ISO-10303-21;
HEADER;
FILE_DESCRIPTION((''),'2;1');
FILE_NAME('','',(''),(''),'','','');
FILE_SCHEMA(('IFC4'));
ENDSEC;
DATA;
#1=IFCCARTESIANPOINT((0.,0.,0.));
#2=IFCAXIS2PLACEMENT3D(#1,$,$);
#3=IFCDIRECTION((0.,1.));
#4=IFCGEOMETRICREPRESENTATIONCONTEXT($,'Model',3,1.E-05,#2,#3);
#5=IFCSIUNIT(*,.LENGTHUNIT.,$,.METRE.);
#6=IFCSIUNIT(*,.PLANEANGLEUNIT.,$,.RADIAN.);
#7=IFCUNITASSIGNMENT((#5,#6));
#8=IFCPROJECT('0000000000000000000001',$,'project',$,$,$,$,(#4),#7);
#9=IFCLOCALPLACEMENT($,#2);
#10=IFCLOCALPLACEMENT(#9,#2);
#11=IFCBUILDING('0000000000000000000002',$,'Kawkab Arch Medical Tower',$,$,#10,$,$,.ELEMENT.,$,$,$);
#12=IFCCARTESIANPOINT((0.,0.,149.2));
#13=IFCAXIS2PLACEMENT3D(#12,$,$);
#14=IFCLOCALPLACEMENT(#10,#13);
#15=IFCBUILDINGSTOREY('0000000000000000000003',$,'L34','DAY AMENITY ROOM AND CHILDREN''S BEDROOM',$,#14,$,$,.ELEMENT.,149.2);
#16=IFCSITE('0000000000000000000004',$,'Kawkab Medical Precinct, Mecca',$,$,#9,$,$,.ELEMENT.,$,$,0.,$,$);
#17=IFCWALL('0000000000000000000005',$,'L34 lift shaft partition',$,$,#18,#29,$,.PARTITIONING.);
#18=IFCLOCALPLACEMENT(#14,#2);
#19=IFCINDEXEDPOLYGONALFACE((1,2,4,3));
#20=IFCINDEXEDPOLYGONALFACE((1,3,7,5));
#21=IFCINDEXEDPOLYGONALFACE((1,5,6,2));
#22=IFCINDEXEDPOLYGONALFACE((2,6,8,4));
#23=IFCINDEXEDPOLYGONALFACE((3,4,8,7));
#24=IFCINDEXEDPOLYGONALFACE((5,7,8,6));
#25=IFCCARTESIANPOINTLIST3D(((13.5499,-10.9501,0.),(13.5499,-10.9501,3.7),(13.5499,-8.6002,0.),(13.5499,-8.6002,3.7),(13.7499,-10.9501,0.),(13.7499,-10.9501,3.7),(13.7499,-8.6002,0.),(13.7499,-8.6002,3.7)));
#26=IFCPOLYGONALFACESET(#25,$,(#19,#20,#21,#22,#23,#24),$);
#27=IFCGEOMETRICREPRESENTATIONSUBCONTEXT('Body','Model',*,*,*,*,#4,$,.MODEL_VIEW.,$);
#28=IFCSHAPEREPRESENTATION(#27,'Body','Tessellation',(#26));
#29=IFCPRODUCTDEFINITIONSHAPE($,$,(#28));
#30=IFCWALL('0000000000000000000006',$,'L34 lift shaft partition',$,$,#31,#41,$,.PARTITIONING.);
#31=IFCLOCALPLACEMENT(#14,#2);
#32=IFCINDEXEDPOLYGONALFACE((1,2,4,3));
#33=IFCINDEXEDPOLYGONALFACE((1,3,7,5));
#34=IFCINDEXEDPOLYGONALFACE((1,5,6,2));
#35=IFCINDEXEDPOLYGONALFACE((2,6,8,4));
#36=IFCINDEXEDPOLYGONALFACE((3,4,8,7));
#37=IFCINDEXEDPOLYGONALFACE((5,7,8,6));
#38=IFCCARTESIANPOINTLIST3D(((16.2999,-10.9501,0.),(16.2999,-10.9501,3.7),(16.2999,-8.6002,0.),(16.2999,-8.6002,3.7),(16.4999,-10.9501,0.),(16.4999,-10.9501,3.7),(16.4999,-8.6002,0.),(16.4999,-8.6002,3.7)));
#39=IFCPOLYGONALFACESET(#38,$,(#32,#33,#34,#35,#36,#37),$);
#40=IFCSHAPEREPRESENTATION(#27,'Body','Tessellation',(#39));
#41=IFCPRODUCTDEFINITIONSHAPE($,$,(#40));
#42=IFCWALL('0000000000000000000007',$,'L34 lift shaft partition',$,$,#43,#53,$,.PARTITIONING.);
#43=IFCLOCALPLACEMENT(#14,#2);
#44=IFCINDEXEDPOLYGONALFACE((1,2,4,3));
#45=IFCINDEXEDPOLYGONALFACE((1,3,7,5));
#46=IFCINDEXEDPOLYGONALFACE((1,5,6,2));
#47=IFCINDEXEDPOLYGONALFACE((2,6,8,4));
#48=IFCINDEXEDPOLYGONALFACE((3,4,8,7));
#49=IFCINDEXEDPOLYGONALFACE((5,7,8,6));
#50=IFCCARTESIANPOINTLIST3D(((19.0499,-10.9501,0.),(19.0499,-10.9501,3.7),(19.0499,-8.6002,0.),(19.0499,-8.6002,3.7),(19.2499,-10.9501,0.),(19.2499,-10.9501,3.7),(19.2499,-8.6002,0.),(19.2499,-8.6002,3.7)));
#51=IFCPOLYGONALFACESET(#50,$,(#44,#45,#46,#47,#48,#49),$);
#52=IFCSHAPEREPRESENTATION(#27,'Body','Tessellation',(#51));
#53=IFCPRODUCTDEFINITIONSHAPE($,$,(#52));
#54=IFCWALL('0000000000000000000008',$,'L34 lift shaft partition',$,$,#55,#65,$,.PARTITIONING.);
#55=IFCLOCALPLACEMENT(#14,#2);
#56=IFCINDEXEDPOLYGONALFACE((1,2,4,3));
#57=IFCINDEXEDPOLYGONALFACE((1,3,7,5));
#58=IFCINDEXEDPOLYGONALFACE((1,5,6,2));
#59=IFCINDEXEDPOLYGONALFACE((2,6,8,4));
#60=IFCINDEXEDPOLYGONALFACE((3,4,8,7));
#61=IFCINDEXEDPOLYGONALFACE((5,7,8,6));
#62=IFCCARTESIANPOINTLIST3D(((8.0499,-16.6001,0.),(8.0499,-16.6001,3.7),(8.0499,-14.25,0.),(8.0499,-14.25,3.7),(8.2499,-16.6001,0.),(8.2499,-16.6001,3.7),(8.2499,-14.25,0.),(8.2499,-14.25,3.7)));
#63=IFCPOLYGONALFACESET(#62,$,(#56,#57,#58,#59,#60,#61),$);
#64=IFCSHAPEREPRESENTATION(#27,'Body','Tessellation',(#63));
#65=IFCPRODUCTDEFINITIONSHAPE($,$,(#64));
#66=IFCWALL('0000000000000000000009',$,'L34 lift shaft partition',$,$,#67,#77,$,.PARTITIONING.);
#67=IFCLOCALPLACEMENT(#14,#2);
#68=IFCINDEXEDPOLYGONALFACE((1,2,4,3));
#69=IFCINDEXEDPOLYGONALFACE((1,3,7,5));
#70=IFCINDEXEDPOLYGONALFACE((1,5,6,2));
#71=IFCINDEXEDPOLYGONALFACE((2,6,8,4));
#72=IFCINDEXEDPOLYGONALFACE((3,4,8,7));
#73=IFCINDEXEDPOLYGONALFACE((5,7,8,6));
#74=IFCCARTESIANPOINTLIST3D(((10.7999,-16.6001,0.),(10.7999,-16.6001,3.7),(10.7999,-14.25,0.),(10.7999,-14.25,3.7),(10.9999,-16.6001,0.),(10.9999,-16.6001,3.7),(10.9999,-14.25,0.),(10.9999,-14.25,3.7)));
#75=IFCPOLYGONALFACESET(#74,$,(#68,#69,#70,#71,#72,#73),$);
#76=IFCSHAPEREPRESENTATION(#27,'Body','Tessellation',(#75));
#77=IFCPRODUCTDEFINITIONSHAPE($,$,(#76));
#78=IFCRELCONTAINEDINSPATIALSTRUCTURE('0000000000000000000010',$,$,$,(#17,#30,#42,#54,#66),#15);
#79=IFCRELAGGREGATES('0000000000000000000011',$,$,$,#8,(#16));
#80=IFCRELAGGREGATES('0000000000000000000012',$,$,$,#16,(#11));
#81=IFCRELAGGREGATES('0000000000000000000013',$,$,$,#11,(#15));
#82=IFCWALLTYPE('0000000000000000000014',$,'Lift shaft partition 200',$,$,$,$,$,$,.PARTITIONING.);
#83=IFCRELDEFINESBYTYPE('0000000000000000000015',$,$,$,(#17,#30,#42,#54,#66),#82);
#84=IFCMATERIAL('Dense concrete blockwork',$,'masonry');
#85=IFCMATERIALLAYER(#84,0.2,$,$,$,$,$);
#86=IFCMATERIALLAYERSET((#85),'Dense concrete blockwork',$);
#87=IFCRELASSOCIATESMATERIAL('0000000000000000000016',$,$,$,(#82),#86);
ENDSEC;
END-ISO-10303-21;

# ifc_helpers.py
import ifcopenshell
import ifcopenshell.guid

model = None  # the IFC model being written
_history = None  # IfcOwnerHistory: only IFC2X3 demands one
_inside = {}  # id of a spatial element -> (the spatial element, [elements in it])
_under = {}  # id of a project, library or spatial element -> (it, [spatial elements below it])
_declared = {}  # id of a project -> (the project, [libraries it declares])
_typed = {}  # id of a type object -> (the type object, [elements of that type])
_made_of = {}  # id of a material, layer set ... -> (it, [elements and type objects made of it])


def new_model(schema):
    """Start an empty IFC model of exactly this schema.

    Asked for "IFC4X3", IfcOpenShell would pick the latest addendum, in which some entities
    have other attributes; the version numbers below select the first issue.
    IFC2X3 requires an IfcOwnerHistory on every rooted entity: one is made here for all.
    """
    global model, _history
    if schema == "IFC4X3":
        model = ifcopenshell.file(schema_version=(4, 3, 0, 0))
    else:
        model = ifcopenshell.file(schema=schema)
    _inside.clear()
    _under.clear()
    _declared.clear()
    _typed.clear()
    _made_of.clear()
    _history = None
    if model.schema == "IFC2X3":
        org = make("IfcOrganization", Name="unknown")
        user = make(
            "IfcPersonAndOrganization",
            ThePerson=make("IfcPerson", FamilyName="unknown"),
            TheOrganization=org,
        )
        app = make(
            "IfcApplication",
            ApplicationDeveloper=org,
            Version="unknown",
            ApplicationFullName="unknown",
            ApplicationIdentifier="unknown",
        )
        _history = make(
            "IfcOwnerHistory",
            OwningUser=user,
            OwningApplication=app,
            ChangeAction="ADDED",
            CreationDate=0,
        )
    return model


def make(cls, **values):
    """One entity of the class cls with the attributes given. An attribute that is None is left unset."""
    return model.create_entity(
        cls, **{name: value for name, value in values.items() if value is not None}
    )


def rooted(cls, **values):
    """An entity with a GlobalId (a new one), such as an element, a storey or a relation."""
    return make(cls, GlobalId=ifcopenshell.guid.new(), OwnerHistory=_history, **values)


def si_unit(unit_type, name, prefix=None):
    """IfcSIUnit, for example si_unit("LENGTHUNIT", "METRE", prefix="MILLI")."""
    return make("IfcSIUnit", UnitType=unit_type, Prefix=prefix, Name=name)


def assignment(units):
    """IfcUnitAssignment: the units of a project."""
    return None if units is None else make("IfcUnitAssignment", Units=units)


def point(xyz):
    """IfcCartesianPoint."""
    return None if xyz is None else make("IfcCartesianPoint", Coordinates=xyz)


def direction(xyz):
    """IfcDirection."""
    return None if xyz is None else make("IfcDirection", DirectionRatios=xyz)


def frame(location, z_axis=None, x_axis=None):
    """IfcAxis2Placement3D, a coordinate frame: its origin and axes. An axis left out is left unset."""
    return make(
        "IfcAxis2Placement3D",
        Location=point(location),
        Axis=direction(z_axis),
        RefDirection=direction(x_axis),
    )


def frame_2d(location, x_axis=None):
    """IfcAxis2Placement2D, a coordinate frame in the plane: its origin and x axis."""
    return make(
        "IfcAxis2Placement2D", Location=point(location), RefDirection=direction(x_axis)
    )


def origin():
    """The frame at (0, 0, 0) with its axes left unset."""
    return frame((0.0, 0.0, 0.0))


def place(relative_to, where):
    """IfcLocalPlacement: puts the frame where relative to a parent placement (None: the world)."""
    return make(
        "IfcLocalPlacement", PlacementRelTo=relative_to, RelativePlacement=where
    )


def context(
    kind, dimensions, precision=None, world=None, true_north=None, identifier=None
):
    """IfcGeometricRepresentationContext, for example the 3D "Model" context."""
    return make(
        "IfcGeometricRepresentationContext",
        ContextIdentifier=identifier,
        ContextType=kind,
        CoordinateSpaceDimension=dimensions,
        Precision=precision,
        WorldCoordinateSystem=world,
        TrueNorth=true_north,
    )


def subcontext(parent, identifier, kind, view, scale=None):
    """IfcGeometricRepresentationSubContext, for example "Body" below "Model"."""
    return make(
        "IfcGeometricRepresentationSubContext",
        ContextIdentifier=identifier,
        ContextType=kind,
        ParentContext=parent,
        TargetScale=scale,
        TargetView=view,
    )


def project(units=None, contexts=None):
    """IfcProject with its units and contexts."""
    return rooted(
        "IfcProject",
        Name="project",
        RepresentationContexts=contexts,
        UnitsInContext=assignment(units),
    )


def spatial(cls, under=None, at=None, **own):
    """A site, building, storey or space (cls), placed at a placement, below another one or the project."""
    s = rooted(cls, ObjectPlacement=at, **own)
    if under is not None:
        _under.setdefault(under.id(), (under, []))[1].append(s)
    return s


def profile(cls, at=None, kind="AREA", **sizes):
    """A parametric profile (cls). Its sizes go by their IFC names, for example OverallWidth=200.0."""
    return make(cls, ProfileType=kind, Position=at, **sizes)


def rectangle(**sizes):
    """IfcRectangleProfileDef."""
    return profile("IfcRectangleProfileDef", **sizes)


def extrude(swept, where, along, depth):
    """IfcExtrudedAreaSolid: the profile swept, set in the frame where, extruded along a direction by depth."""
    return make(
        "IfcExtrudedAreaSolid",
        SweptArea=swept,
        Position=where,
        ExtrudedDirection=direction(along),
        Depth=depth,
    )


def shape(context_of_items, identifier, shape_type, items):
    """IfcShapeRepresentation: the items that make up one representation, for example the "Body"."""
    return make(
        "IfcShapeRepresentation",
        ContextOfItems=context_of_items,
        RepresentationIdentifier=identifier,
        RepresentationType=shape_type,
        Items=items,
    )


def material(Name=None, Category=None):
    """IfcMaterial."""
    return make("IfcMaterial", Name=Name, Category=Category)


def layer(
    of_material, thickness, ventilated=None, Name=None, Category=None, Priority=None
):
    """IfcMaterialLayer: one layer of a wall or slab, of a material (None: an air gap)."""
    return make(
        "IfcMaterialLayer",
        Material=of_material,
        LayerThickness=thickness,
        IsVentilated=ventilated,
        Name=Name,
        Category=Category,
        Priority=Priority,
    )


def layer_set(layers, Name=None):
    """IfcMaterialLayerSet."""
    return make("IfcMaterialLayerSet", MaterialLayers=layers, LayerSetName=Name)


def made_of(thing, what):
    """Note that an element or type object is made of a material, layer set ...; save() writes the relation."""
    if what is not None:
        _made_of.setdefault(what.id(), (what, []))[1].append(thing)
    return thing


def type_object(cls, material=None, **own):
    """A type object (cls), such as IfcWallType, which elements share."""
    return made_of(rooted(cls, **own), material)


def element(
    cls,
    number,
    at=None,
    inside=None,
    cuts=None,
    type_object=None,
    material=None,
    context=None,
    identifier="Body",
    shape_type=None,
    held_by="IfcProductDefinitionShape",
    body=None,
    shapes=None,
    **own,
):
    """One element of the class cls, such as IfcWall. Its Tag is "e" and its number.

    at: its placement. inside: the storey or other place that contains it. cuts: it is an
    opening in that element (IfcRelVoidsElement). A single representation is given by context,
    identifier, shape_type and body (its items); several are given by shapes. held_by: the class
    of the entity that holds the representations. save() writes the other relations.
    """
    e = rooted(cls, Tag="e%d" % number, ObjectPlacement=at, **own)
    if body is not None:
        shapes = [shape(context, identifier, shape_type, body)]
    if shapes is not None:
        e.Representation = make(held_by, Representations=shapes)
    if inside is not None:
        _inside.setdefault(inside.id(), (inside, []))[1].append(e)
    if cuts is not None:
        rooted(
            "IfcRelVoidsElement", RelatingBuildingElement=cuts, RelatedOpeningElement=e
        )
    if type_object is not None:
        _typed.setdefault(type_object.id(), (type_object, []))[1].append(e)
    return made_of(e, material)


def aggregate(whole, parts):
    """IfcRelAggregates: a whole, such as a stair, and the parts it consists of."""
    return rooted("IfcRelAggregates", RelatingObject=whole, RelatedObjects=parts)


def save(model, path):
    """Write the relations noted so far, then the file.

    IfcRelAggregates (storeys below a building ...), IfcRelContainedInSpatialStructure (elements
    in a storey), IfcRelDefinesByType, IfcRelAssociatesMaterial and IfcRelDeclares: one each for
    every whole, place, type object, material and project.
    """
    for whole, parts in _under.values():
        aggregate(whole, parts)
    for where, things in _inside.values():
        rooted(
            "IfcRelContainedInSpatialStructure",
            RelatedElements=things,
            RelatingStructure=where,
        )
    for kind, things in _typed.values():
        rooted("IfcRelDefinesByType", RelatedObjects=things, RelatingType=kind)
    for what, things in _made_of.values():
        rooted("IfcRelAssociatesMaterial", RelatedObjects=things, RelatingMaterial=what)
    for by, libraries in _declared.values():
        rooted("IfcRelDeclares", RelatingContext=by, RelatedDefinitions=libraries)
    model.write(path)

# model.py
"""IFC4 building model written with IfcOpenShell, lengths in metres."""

from ifc_helpers import new_model, si_unit, direction, frame, frame_2d, origin, place, context, subcontext, project, spatial, rectangle, extrude, material, layer, layer_set, type_object, element, save


model = new_model("IFC4")

# Units and contexts
model_context = context("Model", 3, precision=1e-05, world=origin(), true_north=direction((0.0, 1.0)))
body_context = subcontext(model_context, "Body", "Model", "MODEL_VIEW")
ifc_project = project(units=[si_unit("LENGTHUNIT", "METRE"), si_unit("PLANEANGLEUNIT", "RADIAN")], contexts=[model_context])

# Site, building, storey
site_placement = place(None, origin())
site = spatial("IfcSite", under=ifc_project, at=site_placement, Name="Kawkab Medical Precinct, Mecca", CompositionType="ELEMENT", RefElevation=0.0)
building_placement = place(site_placement, origin())
building = spatial("IfcBuilding", under=site, at=building_placement, Name="Kawkab Arch Medical Tower", CompositionType="ELEMENT")
storey_placement = place(building_placement, frame((0.0, 0.0, 149.2)))
storey = spatial("IfcBuildingStorey", under=building, at=storey_placement, Name="L34", Description="DAY AMENITY ROOM AND CHILDREN'S BEDROOM", CompositionType="ELEMENT", Elevation=149.2)

# Walls
ifc_material_1 = material(Name="Dense concrete blockwork", Category="masonry")
ifc_layer_1 = layer(ifc_material_1, 0.2)
ifc_layer_set_1 = layer_set([ifc_layer_1], Name="Dense concrete blockwork")
wall_type_1 = type_object("IfcWallType", Name="Lift shaft partition 200", PredefinedType="PARTITIONING", material=ifc_layer_set_1)
for number, where, z_axis, x_axis, name in (
    (1, (13.6499, -10.95, 0.0), (0.0, 0.0, 1.0), (0.0, 1.0, 0.0), "L34 lift shaft partition"),
    (2, (16.3999, -10.95, 0.0), (0.0, 0.0, 1.0), (0.0, 1.0, 0.0), "L34 lift shaft partition"),
    (3, (19.1499, -10.95, 0.0), (0.0, 0.0, 1.0), (0.0, 1.0, 0.0), "L34 lift shaft partition"),
):
    element("IfcWall", number, at=place(storey_placement, frame(where, z_axis=z_axis, x_axis=x_axis)), inside=storey, type_object=wall_type_1, Name=name, PredefinedType="PARTITIONING", context=body_context, shape_type="SweptSolid", body=[
        extrude(rectangle(XDim=2.3499, YDim=0.2, at=frame_2d((1.1748, 0.0))), origin(), (0.0, 0.0, 1.0), 3.7),
    ])
for number, where, z_axis, x_axis, name in (
    (4, (8.1499, -16.6001, 0.0), (0.0, 0.0, 1.0), (0.0, 1.0, 0.0), "L34 lift shaft partition"),
    (5, (10.8999, -16.6001, 0.0), (0.0, 0.0, 1.0), (0.0, 1.0, 0.0), "L34 lift shaft partition"),
):
    element("IfcWall", number, at=place(storey_placement, frame(where, z_axis=z_axis, x_axis=x_axis)), inside=storey, type_object=wall_type_1, Name=name, PredefinedType="PARTITIONING", context=body_context, shape_type="SweptSolid", body=[
        extrude(rectangle(XDim=2.3501, YDim=0.2, at=frame_2d((1.175, 0.0))), origin(), (0.0, 0.0, 1.0), 3.7),
    ])

save(model, "model.ifc")
